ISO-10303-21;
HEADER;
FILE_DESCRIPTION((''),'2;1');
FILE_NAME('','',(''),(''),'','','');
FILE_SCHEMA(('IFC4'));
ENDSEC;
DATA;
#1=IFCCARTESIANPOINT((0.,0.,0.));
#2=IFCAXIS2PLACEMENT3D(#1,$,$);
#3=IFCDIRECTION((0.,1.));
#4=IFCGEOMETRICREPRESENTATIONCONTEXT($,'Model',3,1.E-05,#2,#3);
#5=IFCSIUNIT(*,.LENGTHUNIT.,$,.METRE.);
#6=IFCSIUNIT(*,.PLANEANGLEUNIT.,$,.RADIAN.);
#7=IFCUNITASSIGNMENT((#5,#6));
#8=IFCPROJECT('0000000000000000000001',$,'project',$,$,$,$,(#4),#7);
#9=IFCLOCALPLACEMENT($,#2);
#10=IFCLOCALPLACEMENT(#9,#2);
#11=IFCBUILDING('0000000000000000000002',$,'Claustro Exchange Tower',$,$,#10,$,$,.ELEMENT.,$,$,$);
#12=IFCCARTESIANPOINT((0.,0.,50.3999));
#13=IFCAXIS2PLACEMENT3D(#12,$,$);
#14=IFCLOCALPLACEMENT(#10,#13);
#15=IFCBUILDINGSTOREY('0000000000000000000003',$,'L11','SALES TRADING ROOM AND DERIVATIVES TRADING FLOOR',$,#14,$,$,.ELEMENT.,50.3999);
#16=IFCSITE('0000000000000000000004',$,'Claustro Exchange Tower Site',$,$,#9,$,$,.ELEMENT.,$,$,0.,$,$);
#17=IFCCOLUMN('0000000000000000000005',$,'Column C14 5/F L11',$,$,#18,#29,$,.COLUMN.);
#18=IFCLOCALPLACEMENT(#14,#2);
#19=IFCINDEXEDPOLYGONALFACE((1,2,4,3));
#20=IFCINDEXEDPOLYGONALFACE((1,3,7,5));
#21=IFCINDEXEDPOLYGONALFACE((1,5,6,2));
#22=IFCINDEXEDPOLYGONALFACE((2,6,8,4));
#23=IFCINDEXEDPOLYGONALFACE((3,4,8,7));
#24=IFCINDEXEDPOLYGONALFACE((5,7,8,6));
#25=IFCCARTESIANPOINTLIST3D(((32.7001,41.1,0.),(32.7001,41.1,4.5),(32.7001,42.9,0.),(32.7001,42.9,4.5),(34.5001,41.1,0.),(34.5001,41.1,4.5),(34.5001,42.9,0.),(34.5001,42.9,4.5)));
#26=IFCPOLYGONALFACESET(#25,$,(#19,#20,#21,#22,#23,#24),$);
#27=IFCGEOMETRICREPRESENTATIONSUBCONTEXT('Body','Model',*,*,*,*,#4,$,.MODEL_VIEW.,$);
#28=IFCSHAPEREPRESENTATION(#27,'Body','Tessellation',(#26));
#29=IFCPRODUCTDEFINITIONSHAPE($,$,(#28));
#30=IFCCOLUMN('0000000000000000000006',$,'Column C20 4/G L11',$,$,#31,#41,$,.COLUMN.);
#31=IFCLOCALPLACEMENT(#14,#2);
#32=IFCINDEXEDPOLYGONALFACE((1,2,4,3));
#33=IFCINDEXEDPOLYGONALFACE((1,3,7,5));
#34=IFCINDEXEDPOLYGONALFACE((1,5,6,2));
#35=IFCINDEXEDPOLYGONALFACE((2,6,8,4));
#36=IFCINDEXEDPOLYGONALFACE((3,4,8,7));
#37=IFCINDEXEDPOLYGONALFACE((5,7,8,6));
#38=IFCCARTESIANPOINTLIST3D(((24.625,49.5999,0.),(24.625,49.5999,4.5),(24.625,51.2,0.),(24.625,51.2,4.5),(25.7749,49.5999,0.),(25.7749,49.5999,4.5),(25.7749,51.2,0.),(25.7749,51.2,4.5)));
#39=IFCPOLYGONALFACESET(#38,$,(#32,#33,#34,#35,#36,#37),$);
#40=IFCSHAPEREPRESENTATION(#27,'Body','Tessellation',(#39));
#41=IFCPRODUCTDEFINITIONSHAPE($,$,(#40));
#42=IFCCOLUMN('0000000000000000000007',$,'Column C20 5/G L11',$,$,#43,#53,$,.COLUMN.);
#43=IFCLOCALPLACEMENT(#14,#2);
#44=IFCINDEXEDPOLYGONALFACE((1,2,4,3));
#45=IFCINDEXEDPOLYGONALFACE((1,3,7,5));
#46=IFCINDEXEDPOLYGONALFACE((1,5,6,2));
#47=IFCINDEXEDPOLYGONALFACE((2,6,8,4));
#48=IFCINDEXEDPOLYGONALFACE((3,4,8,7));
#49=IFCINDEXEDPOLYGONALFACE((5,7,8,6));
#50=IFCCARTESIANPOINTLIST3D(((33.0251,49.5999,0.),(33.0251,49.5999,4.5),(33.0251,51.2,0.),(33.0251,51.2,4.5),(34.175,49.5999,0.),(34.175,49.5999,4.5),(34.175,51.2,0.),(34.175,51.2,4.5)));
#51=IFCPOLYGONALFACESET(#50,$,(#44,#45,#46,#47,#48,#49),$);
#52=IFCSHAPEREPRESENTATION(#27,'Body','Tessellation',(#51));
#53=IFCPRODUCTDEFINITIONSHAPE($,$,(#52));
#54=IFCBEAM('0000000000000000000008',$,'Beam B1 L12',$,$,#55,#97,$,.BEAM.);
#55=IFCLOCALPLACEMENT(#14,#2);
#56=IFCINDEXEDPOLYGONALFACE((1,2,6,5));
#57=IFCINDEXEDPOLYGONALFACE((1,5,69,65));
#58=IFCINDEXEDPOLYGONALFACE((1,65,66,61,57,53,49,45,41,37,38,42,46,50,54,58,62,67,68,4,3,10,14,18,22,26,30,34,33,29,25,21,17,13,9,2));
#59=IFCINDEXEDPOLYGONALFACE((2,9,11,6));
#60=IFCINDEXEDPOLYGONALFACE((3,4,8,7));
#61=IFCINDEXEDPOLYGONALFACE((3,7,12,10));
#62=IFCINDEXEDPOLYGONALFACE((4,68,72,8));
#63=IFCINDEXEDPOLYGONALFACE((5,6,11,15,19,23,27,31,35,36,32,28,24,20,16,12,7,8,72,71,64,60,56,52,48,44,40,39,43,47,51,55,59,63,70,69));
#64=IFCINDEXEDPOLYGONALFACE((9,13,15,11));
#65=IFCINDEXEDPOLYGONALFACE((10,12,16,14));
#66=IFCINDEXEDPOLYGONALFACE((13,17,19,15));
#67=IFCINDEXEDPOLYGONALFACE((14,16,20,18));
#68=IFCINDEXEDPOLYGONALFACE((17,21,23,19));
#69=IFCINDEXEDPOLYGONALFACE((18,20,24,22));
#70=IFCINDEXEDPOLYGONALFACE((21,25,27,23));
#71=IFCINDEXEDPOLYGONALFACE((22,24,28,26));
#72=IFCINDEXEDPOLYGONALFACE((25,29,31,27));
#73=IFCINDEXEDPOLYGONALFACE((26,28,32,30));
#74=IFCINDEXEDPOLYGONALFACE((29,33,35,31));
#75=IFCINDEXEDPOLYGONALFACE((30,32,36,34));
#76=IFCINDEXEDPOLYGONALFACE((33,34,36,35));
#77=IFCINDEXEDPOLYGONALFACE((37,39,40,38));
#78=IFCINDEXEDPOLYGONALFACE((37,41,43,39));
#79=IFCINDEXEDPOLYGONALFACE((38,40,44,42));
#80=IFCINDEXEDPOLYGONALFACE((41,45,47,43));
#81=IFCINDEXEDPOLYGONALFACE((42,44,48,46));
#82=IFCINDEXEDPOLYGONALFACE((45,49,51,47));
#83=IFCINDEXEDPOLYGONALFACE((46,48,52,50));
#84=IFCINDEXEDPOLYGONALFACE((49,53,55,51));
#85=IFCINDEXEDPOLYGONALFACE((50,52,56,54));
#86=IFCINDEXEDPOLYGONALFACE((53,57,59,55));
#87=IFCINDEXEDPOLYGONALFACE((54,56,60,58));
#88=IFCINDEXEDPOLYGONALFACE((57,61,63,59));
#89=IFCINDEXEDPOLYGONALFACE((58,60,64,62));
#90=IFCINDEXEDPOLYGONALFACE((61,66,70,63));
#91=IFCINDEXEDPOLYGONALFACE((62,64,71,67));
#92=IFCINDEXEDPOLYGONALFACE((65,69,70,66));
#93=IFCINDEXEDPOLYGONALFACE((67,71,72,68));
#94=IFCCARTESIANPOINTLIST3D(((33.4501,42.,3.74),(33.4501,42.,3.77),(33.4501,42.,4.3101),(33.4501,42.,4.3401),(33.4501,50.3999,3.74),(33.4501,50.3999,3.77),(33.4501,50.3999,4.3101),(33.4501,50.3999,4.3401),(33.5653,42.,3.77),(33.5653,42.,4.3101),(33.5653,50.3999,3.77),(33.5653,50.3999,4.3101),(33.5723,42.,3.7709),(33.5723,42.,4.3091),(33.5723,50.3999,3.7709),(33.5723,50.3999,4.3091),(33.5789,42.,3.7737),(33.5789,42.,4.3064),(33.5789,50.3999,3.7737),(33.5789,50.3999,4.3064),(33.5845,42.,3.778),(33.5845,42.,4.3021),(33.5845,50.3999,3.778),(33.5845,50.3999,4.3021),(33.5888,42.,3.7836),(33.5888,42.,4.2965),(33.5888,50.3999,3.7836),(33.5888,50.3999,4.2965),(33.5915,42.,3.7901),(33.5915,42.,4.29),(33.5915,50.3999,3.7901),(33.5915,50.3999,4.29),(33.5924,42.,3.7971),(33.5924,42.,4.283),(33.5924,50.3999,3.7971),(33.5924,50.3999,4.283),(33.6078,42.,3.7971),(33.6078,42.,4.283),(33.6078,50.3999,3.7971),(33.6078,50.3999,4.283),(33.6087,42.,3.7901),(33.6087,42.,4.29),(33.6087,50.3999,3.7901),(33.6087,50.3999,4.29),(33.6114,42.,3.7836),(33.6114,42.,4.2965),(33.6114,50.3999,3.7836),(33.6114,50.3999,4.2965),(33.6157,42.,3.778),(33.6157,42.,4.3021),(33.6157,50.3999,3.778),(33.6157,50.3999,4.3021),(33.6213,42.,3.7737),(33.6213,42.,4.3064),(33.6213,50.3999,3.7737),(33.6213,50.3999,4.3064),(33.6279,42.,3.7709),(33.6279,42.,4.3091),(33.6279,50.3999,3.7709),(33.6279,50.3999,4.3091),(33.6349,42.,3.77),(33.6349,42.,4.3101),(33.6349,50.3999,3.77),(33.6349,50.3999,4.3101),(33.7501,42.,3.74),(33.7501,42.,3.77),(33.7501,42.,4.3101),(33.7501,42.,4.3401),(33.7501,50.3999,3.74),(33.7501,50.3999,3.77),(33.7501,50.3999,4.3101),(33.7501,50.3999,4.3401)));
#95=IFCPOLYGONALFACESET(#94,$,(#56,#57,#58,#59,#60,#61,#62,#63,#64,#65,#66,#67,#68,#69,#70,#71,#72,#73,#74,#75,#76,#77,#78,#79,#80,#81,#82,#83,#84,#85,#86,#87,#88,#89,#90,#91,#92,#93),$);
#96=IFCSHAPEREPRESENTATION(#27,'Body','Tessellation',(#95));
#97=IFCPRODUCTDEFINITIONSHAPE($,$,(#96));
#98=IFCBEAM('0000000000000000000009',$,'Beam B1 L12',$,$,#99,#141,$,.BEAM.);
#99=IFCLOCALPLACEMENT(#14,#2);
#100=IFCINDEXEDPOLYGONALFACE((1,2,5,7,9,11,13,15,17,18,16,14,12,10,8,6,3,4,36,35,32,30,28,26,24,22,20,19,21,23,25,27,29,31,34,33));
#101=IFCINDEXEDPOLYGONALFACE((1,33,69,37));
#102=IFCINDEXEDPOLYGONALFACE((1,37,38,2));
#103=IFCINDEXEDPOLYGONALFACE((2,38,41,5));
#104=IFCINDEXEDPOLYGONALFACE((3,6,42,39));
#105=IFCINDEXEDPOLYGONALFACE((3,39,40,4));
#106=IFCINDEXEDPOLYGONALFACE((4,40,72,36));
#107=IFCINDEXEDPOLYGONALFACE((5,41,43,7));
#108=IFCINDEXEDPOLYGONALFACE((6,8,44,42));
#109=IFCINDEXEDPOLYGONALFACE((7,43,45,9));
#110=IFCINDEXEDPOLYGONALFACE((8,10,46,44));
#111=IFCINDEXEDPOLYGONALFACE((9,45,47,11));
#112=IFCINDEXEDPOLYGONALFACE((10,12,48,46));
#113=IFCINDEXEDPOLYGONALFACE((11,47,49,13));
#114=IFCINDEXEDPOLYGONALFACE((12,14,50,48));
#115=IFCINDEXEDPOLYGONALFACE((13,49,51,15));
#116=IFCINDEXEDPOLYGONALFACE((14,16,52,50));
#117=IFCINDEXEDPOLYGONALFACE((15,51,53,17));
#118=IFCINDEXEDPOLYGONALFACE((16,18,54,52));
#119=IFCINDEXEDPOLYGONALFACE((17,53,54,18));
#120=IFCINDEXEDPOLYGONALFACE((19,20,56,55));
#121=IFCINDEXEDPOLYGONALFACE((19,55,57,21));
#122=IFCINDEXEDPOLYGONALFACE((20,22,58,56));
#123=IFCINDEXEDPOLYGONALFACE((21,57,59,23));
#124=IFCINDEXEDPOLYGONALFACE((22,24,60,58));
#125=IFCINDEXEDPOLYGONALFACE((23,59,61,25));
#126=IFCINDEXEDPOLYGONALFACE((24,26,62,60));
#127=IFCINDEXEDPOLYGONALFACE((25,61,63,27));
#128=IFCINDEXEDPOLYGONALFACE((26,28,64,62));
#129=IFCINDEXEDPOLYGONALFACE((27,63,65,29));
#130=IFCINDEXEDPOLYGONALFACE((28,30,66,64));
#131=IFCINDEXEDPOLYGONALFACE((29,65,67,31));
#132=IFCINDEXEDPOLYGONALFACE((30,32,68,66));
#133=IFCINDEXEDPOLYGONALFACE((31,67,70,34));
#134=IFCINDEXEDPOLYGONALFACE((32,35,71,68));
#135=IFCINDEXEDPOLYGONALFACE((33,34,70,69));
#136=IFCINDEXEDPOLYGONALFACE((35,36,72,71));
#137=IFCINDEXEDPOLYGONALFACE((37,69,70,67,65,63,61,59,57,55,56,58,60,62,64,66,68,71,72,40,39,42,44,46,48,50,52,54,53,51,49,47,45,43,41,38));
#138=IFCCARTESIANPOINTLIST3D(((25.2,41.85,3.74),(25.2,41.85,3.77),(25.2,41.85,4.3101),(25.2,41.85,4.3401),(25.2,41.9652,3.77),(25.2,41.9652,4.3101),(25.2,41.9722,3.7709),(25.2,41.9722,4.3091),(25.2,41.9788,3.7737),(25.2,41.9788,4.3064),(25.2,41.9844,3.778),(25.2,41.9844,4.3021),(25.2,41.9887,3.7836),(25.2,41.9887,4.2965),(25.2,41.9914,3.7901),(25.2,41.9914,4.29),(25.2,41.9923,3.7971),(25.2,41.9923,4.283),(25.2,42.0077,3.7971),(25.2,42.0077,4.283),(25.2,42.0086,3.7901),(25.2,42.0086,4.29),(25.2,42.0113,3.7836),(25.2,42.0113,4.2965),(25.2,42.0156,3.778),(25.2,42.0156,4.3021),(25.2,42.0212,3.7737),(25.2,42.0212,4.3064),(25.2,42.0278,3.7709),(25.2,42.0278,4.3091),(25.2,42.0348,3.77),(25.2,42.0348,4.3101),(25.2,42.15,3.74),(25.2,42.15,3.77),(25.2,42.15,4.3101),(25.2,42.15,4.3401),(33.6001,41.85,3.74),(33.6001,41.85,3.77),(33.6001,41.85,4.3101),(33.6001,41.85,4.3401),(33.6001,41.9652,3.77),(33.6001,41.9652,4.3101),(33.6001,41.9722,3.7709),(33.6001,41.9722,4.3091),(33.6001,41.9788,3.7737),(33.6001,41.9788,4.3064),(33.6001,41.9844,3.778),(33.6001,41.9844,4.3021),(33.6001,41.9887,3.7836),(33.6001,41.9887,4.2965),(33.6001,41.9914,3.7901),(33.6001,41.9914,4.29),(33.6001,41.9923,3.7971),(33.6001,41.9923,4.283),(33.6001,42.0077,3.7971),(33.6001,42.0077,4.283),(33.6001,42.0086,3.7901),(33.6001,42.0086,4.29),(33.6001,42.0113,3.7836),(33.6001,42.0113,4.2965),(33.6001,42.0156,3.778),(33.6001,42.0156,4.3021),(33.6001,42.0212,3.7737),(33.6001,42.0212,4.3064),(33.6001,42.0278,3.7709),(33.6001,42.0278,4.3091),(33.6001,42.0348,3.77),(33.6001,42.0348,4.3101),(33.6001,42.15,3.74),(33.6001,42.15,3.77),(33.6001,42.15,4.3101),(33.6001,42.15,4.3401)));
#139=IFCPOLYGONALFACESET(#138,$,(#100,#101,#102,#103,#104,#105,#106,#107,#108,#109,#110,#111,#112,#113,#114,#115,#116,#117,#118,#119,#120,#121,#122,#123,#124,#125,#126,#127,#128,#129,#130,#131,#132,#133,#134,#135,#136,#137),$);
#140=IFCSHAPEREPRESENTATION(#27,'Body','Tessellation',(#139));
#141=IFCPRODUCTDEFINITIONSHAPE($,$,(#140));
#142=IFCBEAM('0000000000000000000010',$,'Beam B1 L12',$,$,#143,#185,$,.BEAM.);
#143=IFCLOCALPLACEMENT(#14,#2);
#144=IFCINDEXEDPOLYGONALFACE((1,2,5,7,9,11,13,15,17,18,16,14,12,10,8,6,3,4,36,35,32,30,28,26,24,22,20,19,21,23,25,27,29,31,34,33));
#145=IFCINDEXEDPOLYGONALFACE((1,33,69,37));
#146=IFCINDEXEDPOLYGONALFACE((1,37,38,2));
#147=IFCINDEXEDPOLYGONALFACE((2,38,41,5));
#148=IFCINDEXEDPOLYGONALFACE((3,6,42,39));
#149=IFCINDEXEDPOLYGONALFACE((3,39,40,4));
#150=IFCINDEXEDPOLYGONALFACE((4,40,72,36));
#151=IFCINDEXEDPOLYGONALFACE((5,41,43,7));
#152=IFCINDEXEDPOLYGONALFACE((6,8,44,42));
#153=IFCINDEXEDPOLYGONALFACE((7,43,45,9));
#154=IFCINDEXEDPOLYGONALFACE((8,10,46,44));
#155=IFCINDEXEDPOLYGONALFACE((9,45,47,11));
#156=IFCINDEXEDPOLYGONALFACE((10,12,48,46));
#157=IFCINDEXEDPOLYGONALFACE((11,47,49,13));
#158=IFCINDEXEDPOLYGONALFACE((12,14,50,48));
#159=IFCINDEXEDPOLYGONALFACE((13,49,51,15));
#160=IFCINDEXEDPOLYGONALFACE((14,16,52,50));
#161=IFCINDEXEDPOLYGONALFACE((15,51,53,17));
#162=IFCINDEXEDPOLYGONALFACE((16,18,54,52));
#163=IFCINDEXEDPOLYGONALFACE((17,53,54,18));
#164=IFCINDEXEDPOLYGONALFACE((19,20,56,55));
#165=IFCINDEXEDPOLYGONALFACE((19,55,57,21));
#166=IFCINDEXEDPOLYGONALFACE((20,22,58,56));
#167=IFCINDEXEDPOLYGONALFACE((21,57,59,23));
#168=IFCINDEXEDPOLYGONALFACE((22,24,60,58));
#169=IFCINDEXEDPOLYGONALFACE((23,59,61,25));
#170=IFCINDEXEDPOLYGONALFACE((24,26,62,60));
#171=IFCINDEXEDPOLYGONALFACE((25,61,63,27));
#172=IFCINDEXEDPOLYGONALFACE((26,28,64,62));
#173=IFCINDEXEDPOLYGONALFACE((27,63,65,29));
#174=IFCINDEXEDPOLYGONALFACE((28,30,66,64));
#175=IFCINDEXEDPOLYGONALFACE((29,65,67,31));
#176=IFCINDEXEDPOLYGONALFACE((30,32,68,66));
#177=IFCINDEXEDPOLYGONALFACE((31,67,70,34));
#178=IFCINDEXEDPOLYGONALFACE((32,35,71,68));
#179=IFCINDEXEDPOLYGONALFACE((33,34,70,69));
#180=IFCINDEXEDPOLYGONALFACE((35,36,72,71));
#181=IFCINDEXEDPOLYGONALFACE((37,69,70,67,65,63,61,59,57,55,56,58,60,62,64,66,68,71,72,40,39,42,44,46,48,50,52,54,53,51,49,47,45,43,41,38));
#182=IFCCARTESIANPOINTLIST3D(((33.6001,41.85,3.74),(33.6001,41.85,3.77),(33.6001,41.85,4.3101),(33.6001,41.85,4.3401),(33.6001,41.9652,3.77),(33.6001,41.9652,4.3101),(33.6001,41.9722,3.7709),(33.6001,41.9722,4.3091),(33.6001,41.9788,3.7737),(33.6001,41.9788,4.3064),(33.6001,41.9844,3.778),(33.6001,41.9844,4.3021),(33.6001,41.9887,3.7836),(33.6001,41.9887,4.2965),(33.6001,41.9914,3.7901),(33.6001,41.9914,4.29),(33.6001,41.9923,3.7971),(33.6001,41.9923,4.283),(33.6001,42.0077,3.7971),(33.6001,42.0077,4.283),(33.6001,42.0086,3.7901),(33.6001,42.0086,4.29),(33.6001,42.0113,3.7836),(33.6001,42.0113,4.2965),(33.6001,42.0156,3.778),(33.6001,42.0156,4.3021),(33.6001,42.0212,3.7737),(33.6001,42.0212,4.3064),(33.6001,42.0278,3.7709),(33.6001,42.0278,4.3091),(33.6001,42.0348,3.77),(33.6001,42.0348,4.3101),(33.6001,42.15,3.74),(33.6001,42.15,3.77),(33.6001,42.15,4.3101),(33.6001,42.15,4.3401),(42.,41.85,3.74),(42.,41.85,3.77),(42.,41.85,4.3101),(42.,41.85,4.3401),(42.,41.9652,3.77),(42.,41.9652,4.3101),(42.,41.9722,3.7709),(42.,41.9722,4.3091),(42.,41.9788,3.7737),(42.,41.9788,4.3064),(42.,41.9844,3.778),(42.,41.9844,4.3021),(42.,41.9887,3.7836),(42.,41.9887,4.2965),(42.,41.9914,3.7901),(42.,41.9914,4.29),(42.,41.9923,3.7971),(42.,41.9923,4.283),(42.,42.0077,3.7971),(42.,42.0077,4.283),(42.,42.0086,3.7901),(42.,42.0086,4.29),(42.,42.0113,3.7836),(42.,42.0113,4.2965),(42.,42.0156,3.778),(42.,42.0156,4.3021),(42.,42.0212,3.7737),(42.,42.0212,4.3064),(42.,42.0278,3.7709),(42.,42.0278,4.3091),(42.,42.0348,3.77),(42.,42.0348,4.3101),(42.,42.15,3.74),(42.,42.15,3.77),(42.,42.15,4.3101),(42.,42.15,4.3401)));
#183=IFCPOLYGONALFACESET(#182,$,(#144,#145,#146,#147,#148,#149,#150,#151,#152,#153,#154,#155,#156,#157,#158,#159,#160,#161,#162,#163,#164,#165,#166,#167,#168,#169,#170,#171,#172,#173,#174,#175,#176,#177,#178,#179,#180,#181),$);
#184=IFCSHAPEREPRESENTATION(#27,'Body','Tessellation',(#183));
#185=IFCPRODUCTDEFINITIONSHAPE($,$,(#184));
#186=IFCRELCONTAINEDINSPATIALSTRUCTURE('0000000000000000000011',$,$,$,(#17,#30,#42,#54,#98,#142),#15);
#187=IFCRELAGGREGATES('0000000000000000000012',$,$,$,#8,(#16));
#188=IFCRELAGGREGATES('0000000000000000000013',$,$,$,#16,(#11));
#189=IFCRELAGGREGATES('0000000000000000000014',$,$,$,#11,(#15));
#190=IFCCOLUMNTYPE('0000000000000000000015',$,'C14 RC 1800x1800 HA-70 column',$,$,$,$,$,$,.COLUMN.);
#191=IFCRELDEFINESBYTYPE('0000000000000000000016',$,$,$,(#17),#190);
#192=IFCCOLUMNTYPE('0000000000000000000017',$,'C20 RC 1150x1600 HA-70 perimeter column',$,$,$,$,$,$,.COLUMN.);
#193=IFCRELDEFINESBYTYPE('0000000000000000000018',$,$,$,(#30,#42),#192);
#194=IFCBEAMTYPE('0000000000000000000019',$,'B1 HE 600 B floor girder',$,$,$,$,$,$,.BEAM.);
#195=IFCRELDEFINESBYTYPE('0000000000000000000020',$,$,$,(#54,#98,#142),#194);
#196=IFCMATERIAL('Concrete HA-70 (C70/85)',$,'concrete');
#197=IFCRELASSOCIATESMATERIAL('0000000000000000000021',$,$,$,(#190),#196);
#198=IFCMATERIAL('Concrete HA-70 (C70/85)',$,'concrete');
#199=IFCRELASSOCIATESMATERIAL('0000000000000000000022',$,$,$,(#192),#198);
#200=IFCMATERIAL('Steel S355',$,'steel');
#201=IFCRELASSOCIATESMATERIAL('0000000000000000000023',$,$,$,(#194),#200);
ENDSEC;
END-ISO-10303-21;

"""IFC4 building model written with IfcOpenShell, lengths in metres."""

from ifc_helpers import new_model, si_unit, direction, frame, origin, origin_2d, place, context, subcontext, project, spatial, rectangle, i_section, extrude, material, material_profile, profile_set, type_object, element, save


model = new_model("IFC4")

# Units and contexts
model_context = context("Model", 3, precision=1e-05, world=origin(), true_north=direction((0.0, 1.0)))
body_context = subcontext(model_context, "Body", "Model", "MODEL_VIEW")
ifc_project = project(units=[si_unit("LENGTHUNIT", "METRE"), si_unit("PLANEANGLEUNIT", "RADIAN")], contexts=[model_context])

# Site, building, storey
site_placement = place(None, origin())
site = spatial("IfcSite", under=ifc_project, at=site_placement, Name="Claustro Exchange Tower Site", CompositionType="ELEMENT", RefElevation=0.0)
building_placement = place(site_placement, origin())
building = spatial("IfcBuilding", under=site, at=building_placement, Name="Claustro Exchange Tower", CompositionType="ELEMENT")
storey_placement = place(building_placement, frame((0.0, 0.0, 50.3999)))
storey = spatial("IfcBuildingStorey", under=building, at=storey_placement, Name="L11", Description="SALES TRADING ROOM AND DERIVATIVES TRADING FLOOR", CompositionType="ELEMENT", Elevation=50.3999)

# Columns
ifc_material_1 = material(Name="Concrete HA-70 (C70/85)", Category="concrete")
ifc_material_profile_1 = material_profile(ifc_material_1, rectangle(XDim=1.8, YDim=1.8, at=origin_2d()), Name="RC 1800x1800")
ifc_profile_set_1 = profile_set([ifc_material_profile_1], Name="Concrete HA-70 (C70/85)")
column_type_1 = type_object("IfcColumnType", Name="C14 RC 1800x1800 HA-70 column", PredefinedType="COLUMN", material=ifc_profile_set_1)
column_placement = place(storey_placement, frame((33.6001, 42.0, 0.0), z_axis=(0.0, 0.0, 1.0), x_axis=(1.0, 0.0, 0.0)))
element("IfcColumn", 1, at=column_placement, inside=storey, type_object=column_type_1, Name="Column C14 5/F L11", PredefinedType="COLUMN", context=body_context, shape_type="SweptSolid", body=[
    extrude(rectangle(XDim=1.8, YDim=1.8, at=origin_2d()), origin(), (0.0, 0.0, 1.0), 4.5),
])
ifc_material_2 = material(Name="Concrete HA-70 (C70/85)", Category="concrete")
ifc_material_profile_2 = material_profile(ifc_material_2, rectangle(XDim=1.1499, YDim=1.6001, at=origin_2d()), Name="RC 1150x1600")
ifc_profile_set_2 = profile_set([ifc_material_profile_2], Name="Concrete HA-70 (C70/85)")
column_type_2 = type_object("IfcColumnType", Name="C20 RC 1150x1600 HA-70 perimeter column", PredefinedType="COLUMN", material=ifc_profile_set_2)
for number, where, z_axis, x_axis, name in (
    (2, (25.2, 50.3999, 0.0), (0.0, 0.0, 1.0), (1.0, 0.0, 0.0), "Column C20 4/G L11"),
    (3, (33.6001, 50.3999, 0.0), (0.0, 0.0, 1.0), (1.0, 0.0, 0.0), "Column C20 5/G L11"),
):
    element("IfcColumn", number, at=place(storey_placement, frame(where, z_axis=z_axis, x_axis=x_axis)), inside=storey, type_object=column_type_2, Name=name, PredefinedType="COLUMN", context=body_context, shape_type="SweptSolid", body=[
        extrude(rectangle(XDim=1.1499, YDim=1.6001, at=origin_2d()), origin(), (0.0, 0.0, 1.0), 4.5),
    ])

# Beams
ifc_material_3 = material(Name="Steel S355", Category="steel")
ifc_material_profile_3 = material_profile(ifc_material_3, i_section(OverallWidth=0.3, OverallDepth=0.6001, WebThickness=0.0154, FlangeThickness=0.03, FilletRadius=0.0271, at=origin_2d()), Name="HE 600 B")
ifc_profile_set_3 = profile_set([ifc_material_profile_3], Name="Steel S355")
beam_type_1 = type_object("IfcBeamType", Name="B1 HE 600 B floor girder", PredefinedType="BEAM", material=ifc_profile_set_3)
beam_1_placement = place(storey_placement, frame((33.6001, 42.0, 4.04), z_axis=(0.0, 1.0, 0.0), x_axis=(-1.0, 0.0, 0.0)))
element("IfcBeam", 4, at=beam_1_placement, inside=storey, type_object=beam_type_1, Name="Beam B1 L12", PredefinedType="BEAM", context=body_context, shape_type="SweptSolid", body=[
    extrude(i_section(OverallWidth=0.3, OverallDepth=0.6001, WebThickness=0.0154, FlangeThickness=0.03, FilletRadius=0.0271, at=origin_2d()), origin(), (0.0, 0.0, 1.0), 8.3999),
])
beam_2_placement = place(storey_placement, frame((25.2, 42.0, 4.04), z_axis=(1.0, 0.0, 0.0), x_axis=(0.0, 1.0, 0.0)))
element("IfcBeam", 5, at=beam_2_placement, inside=storey, type_object=beam_type_1, Name="Beam B1 L12", PredefinedType="BEAM", context=body_context, shape_type="SweptSolid", body=[
    extrude(i_section(OverallWidth=0.3, OverallDepth=0.6001, WebThickness=0.0154, FlangeThickness=0.03, FilletRadius=0.0271, at=origin_2d()), origin(), (0.0, 0.0, 1.0), 8.4001),
])
beam_3_placement = place(storey_placement, frame((33.6001, 42.0, 4.04), z_axis=(1.0, 0.0, 0.0), x_axis=(0.0, 1.0, 0.0)))
element("IfcBeam", 6, at=beam_3_placement, inside=storey, type_object=beam_type_1, Name="Beam B1 L12", PredefinedType="BEAM", context=body_context, shape_type="SweptSolid", body=[
    extrude(i_section(OverallWidth=0.3, OverallDepth=0.6001, WebThickness=0.0154, FlangeThickness=0.03, FilletRadius=0.0271, at=origin_2d()), origin(), (0.0, 0.0, 1.0), 8.3999),
])

save(model, "model.ifc")
